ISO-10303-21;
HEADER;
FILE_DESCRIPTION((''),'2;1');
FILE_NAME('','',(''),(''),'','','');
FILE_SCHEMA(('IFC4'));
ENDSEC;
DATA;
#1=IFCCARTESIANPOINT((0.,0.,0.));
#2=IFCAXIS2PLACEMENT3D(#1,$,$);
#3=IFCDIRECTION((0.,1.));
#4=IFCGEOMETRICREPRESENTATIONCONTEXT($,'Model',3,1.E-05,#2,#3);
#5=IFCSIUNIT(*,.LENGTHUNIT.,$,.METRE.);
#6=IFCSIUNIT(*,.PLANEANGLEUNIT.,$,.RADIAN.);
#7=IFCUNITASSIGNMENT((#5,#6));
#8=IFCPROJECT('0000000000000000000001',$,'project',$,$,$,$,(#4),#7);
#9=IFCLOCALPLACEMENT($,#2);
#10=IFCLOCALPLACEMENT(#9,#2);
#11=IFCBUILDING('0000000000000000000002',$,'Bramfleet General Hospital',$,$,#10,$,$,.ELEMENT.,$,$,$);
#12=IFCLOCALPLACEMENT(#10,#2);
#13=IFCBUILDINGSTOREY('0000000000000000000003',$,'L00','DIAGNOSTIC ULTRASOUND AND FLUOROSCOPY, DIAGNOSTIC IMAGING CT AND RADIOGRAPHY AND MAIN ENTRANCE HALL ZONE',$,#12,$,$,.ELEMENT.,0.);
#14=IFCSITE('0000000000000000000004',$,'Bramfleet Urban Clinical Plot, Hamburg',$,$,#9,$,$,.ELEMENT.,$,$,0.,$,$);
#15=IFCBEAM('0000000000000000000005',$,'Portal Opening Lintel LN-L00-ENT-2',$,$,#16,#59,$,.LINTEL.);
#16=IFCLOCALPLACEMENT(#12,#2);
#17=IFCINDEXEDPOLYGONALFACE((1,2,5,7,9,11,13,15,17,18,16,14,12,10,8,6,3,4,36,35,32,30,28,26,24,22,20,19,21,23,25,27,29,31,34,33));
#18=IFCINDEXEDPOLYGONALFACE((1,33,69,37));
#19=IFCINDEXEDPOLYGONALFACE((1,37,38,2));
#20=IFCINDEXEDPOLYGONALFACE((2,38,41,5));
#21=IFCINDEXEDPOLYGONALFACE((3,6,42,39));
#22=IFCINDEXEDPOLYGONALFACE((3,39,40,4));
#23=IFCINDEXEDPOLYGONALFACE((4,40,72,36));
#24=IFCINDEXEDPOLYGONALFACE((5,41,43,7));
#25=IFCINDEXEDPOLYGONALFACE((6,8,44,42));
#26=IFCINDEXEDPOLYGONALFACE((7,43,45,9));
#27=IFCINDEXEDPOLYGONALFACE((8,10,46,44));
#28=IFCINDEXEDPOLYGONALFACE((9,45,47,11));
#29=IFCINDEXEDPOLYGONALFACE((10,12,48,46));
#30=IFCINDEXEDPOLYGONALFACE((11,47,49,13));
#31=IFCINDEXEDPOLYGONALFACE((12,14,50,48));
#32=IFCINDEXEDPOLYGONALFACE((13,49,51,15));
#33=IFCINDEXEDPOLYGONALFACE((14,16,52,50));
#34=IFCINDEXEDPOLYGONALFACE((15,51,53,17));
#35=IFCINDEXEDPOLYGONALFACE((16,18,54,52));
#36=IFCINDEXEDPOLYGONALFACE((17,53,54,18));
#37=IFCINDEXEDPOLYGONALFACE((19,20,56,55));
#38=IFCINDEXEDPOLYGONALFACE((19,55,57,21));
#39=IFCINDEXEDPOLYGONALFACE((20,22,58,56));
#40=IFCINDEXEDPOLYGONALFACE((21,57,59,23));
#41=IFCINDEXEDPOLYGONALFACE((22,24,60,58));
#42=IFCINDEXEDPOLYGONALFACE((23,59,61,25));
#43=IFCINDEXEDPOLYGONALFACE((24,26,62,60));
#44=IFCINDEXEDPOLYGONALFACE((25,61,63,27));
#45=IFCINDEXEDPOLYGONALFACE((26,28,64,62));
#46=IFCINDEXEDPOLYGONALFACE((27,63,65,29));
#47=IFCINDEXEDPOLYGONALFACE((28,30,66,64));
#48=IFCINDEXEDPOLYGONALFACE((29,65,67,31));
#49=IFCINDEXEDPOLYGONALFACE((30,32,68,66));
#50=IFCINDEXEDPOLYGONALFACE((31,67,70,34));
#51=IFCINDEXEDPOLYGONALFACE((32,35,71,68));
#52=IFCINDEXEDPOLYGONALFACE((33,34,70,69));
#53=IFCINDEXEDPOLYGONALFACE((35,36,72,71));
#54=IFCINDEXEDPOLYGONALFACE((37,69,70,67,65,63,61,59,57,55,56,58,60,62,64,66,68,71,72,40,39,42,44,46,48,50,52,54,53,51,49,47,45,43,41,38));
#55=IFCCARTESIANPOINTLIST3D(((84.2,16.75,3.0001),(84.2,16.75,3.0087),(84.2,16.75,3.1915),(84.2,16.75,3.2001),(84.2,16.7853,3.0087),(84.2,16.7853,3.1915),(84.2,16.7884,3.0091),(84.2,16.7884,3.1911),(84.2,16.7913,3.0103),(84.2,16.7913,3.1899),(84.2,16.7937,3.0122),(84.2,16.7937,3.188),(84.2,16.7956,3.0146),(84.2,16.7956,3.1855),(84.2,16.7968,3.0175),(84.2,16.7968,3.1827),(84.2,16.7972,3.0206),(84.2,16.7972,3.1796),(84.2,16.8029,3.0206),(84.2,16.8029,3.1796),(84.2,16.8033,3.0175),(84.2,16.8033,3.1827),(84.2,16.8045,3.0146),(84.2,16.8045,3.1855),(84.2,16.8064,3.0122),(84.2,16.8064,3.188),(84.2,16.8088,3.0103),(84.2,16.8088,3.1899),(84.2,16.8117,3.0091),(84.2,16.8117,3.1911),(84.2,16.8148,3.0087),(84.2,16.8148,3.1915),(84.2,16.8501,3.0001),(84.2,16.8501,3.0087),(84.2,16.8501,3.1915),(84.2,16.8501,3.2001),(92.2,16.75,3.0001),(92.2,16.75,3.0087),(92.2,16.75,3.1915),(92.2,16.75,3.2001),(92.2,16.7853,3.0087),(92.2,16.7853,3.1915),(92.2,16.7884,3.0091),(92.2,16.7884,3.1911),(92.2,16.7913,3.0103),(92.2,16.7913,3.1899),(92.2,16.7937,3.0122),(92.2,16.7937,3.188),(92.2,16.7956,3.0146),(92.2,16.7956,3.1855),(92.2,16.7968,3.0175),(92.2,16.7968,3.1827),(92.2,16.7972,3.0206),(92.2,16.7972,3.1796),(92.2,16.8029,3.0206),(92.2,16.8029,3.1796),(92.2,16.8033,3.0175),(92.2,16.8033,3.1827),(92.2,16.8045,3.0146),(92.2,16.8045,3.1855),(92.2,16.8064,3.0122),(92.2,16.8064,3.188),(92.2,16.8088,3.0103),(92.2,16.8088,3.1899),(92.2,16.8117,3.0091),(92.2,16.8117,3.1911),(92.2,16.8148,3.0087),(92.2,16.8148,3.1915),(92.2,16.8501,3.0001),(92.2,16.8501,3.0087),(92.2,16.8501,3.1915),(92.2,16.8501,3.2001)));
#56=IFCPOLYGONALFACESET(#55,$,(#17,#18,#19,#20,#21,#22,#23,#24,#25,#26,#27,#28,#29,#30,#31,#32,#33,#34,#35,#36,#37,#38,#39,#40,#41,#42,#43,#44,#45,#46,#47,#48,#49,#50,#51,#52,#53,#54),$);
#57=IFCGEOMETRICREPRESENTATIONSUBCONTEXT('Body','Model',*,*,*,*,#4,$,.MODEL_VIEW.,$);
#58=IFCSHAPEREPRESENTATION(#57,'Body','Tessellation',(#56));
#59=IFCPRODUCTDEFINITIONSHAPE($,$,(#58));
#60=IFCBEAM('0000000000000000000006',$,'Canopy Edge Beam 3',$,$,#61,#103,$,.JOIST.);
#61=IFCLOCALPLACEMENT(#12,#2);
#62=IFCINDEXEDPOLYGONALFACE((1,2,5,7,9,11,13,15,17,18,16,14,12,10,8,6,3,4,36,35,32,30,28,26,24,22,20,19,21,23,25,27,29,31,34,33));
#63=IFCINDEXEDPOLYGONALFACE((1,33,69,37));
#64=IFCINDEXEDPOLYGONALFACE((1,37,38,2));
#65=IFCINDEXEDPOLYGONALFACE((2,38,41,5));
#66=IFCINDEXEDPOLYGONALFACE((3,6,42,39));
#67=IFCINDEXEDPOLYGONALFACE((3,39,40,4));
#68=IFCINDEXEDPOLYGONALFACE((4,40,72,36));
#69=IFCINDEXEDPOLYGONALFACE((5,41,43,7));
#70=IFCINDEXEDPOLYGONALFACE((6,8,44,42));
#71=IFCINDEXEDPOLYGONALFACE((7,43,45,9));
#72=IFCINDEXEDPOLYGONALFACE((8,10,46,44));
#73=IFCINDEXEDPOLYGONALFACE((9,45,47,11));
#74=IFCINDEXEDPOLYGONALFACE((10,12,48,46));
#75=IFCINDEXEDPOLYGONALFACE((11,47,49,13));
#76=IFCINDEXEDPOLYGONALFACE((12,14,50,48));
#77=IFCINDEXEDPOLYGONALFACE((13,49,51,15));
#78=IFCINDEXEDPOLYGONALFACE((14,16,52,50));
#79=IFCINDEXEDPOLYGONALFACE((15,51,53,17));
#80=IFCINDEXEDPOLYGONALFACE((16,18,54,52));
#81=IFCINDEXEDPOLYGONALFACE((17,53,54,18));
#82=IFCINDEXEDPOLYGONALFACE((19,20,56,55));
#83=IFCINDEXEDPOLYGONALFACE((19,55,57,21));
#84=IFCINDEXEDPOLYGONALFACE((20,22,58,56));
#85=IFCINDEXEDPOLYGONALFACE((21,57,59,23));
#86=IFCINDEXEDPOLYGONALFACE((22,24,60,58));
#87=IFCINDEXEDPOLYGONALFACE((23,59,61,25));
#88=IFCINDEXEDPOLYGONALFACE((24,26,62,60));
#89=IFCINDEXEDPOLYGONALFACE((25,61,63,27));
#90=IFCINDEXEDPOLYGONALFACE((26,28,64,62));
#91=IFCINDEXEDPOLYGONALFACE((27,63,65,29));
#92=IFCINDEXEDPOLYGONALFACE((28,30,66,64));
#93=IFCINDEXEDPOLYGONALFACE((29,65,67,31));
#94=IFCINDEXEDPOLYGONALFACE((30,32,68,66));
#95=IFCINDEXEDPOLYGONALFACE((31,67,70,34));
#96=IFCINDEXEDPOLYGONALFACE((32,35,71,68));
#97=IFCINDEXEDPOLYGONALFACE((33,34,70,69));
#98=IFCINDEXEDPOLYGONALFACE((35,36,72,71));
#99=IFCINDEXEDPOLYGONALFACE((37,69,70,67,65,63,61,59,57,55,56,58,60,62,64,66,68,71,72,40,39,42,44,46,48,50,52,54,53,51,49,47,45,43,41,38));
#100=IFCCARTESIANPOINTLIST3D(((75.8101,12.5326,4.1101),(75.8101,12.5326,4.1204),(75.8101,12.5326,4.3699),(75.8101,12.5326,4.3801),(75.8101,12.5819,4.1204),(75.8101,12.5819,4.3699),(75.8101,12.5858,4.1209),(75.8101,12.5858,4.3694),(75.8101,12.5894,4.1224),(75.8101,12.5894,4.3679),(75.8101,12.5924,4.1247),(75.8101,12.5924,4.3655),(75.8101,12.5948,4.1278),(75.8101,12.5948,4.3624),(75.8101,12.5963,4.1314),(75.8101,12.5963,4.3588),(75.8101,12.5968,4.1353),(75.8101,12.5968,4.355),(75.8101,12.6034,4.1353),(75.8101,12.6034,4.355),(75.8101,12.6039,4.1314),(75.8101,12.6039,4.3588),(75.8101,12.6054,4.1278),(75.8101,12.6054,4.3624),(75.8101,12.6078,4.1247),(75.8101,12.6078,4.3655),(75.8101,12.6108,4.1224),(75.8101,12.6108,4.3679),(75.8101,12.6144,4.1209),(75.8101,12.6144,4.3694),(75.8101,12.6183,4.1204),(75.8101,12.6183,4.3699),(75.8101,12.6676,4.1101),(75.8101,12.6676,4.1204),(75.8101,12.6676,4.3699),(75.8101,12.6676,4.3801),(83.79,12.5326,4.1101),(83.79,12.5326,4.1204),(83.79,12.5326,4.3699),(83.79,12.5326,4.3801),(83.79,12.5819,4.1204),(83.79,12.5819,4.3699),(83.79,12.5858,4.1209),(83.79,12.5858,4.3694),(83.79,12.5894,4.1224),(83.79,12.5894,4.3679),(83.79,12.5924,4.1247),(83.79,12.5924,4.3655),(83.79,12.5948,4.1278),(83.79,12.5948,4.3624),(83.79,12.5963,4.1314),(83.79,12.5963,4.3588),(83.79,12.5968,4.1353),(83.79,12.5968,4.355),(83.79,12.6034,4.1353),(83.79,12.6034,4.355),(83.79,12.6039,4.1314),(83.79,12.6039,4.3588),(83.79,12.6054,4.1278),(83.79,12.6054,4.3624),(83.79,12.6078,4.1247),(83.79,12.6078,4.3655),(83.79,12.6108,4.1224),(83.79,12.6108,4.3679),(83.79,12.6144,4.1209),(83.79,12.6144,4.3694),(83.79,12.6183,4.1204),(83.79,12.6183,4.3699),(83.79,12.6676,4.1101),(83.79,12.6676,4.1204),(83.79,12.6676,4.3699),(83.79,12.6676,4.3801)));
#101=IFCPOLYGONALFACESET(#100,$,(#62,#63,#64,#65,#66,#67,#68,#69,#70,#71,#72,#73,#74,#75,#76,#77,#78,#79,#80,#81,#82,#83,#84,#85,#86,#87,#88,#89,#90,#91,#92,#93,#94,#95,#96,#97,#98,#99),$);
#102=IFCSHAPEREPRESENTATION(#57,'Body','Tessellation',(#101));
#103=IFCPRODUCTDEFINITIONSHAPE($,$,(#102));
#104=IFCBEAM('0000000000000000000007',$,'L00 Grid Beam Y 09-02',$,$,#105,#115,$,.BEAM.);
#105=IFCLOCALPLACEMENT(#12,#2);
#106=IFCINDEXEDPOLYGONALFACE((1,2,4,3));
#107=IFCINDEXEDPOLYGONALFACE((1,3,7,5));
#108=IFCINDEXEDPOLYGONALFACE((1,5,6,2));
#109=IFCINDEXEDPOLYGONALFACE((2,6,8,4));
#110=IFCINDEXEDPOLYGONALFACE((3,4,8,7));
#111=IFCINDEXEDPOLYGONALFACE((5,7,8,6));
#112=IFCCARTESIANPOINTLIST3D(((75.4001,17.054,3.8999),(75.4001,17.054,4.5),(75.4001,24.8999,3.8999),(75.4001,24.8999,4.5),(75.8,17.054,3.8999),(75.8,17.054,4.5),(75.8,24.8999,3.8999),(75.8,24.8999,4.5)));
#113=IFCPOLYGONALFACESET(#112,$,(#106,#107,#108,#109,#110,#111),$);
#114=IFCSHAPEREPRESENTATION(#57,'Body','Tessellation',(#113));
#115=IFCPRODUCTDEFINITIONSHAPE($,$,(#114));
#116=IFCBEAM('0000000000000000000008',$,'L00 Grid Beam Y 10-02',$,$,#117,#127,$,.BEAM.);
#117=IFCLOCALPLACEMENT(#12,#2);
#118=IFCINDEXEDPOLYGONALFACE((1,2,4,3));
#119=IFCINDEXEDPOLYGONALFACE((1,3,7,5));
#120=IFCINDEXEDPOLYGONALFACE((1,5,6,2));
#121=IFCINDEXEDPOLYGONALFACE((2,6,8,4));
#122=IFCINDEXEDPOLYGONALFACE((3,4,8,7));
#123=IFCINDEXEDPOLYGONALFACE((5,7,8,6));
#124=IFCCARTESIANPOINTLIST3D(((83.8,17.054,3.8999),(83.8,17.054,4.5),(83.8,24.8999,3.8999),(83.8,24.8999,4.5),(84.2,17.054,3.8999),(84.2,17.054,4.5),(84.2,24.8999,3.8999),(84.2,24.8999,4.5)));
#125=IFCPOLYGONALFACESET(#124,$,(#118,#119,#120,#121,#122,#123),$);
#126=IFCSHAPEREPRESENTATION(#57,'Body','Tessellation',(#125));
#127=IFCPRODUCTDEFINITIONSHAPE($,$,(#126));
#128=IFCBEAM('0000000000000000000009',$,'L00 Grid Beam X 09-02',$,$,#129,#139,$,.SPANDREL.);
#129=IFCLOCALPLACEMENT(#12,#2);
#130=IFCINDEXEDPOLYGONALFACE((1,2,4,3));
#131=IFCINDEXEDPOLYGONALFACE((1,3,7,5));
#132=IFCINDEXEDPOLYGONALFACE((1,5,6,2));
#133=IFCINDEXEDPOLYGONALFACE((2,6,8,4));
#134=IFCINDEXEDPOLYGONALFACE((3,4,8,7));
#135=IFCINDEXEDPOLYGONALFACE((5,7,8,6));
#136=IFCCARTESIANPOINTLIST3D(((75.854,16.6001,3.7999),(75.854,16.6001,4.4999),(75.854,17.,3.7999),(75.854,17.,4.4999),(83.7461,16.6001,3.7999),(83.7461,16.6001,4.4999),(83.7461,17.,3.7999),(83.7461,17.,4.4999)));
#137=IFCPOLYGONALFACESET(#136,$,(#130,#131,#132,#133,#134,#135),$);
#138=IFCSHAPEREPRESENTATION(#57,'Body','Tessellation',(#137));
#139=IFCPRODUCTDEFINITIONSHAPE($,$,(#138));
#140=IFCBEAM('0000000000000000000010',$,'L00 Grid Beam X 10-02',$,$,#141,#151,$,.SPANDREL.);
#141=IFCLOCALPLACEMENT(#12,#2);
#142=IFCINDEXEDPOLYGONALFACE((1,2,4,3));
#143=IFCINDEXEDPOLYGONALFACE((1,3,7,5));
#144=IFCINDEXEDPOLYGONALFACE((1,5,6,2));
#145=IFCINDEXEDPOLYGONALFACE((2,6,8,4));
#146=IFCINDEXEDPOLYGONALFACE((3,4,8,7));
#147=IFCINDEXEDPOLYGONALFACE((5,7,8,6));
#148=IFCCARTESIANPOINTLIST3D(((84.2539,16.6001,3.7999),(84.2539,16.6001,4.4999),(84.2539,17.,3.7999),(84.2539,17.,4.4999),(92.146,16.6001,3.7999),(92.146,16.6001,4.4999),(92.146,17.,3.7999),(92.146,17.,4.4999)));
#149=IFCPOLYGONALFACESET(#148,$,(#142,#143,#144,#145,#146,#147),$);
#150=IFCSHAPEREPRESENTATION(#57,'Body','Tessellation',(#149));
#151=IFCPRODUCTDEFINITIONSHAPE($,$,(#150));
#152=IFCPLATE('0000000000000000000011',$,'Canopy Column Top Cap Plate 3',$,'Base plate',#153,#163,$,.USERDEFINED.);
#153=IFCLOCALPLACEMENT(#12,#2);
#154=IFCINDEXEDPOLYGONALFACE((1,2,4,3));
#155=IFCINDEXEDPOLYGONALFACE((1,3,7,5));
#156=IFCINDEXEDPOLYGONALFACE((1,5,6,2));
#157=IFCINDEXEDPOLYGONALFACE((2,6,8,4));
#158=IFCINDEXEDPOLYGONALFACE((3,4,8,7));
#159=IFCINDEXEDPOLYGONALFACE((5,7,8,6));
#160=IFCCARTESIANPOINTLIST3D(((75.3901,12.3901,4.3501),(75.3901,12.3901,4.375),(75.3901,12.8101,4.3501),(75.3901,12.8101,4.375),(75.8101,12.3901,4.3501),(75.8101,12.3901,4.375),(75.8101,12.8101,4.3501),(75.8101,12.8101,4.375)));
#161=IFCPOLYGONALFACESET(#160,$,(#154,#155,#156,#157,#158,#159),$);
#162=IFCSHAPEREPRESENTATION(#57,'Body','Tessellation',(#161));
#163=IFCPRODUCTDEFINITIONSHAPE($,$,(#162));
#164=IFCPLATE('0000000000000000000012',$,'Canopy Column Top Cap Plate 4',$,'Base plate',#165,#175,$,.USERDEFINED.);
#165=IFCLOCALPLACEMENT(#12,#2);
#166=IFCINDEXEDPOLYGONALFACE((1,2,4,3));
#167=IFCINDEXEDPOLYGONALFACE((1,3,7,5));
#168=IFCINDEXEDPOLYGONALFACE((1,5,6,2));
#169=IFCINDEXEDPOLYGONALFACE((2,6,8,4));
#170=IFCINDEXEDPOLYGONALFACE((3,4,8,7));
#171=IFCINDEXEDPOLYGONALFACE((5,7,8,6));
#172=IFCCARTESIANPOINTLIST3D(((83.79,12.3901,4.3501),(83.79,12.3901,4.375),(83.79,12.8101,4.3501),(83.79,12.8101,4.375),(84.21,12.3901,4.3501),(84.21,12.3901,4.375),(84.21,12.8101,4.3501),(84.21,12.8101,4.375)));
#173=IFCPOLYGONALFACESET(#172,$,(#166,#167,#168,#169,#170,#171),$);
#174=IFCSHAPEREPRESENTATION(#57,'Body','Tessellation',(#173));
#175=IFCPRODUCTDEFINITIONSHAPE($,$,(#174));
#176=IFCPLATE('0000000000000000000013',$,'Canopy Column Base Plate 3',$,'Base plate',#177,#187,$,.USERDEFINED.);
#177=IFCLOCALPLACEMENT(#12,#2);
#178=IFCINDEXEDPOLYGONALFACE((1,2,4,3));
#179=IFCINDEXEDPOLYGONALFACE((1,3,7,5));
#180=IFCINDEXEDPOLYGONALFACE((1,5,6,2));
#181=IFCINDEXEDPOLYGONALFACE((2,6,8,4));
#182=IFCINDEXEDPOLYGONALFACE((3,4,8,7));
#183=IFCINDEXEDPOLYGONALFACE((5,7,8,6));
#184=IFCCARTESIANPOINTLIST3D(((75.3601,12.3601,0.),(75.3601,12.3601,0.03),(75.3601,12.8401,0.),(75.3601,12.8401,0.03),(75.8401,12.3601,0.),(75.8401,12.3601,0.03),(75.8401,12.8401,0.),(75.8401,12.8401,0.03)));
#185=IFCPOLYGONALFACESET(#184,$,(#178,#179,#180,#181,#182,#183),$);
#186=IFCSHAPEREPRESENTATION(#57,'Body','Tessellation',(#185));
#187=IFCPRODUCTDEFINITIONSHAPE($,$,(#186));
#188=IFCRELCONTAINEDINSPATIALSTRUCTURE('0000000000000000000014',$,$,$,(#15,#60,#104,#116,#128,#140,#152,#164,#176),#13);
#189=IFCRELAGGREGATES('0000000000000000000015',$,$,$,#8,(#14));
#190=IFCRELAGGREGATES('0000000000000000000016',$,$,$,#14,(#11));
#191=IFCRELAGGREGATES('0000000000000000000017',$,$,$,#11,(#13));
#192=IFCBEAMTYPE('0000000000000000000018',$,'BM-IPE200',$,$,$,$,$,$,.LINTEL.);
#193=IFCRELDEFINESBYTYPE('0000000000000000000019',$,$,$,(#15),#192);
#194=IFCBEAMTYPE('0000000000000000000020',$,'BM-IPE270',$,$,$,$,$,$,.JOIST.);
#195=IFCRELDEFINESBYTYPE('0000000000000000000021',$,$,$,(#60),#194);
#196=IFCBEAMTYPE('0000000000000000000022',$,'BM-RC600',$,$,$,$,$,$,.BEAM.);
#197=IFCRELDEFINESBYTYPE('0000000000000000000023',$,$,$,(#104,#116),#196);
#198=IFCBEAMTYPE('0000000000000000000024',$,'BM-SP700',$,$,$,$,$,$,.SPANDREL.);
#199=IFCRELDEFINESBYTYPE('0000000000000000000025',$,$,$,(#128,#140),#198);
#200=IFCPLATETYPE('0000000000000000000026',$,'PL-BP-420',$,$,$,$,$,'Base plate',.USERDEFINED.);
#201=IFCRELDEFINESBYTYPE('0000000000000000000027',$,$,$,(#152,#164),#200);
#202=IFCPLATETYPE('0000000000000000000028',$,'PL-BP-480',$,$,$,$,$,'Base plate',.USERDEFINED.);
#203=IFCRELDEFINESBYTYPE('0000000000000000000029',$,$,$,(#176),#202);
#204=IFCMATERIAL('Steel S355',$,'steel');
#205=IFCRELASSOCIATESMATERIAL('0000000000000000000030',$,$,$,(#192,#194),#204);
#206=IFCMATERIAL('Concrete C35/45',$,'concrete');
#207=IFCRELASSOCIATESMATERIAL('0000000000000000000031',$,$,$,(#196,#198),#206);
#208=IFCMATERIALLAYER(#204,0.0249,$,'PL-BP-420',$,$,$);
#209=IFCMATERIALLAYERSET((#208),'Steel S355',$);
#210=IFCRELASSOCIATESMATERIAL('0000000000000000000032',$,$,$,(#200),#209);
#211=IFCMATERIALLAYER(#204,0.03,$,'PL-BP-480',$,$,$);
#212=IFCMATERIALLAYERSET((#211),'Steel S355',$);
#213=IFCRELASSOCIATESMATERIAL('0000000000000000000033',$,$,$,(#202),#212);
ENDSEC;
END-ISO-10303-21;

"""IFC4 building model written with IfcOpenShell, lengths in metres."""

from ifc_helpers import new_model, si_unit, direction, frame, origin, origin_2d, place, context, subcontext, project, spatial, rectangle, i_section, extrude, material, layer, layer_set, material_profile, profile_set, type_object, element, save


model = new_model("IFC4")

# Units and contexts
model_context = context("Model", 3, precision=1e-05, world=origin(), true_north=direction((0.0, 1.0)))
body_context = subcontext(model_context, "Body", "Model", "MODEL_VIEW")
ifc_project = project(units=[si_unit("LENGTHUNIT", "METRE"), si_unit("PLANEANGLEUNIT", "RADIAN")], contexts=[model_context])

# Site, building, storey
site_placement = place(None, origin())
site = spatial("IfcSite", under=ifc_project, at=site_placement, Name="Bramfleet Urban Clinical Plot, Hamburg", CompositionType="ELEMENT", RefElevation=0.0)
building_placement = place(site_placement, origin())
building = spatial("IfcBuilding", under=site, at=building_placement, Name="Bramfleet General Hospital", CompositionType="ELEMENT")
storey_placement = place(building_placement, origin())
storey = spatial("IfcBuildingStorey", under=building, at=storey_placement, Name="L00", Description="DIAGNOSTIC ULTRASOUND AND FLUOROSCOPY, DIAGNOSTIC IMAGING CT AND RADIOGRAPHY AND MAIN ENTRANCE HALL ZONE", CompositionType="ELEMENT", Elevation=0.0)

# Shared definitions
ifc_material_1 = material(Name="Steel S355", Category="steel")

# Beams
ifc_material_profile_1 = material_profile(ifc_material_1, i_section(OverallWidth=0.1001, OverallDepth=0.2, WebThickness=0.0056, FlangeThickness=0.0085, FilletRadius=0.012, at=origin_2d()), Name="IPE 200")
ifc_profile_set_1 = profile_set([ifc_material_profile_1], Name="Steel S355")
beam_type_1 = type_object("IfcBeamType", Name="BM-IPE200", PredefinedType="LINTEL", material=ifc_profile_set_1)
beam_1_placement = place(storey_placement, frame((84.2, 16.8, 3.1001), z_axis=(1.0, 0.0, 0.0), x_axis=(0.0, 1.0, 0.0)))
element("IfcBeam", 1, at=beam_1_placement, inside=storey, type_object=beam_type_1, Name="Portal Opening Lintel LN-L00-ENT-2", PredefinedType="LINTEL", context=body_context, shape_type="SweptSolid", body=[
    extrude(i_section(OverallWidth=0.1001, OverallDepth=0.2, WebThickness=0.0056, FlangeThickness=0.0085, FilletRadius=0.012, at=origin_2d()), origin(), (0.0, 0.0, 1.0), 8.0),
])
ifc_material_profile_2 = material_profile(ifc_material_1, i_section(OverallWidth=0.135, OverallDepth=0.27, WebThickness=0.0066, FlangeThickness=0.0103, FilletRadius=0.0149, at=origin_2d()), Name="IPE 270")
ifc_profile_set_2 = profile_set([ifc_material_profile_2], Name="Steel S355")
beam_type_2 = type_object("IfcBeamType", Name="BM-IPE270", PredefinedType="JOIST", material=ifc_profile_set_2)
beam_2_placement = place(storey_placement, frame((75.8101, 12.6001, 4.2451), z_axis=(1.0, 0.0, 0.0), x_axis=(0.0, 1.0, 0.0)))
element("IfcBeam", 2, at=beam_2_placement, inside=storey, type_object=beam_type_2, Name="Canopy Edge Beam 3", PredefinedType="JOIST", context=body_context, shape_type="SweptSolid", body=[
    extrude(i_section(OverallWidth=0.135, OverallDepth=0.27, WebThickness=0.0066, FlangeThickness=0.0103, FilletRadius=0.0149, at=origin_2d()), origin(), (0.0, 0.0, 1.0), 7.98),
])
ifc_material_2 = material(Name="Concrete C35/45", Category="concrete")
ifc_material_profile_3 = material_profile(ifc_material_2, rectangle(XDim=0.3999, YDim=0.6001, at=origin_2d()), Name="RC BM 600x400")
ifc_profile_set_3 = profile_set([ifc_material_profile_3], Name="Concrete C35/45")
beam_type_3 = type_object("IfcBeamType", Name="BM-RC600", PredefinedType="BEAM", material=ifc_profile_set_3)
for number, where, z_axis, x_axis, name in (
    (3, (75.6001, 17.054, 4.2), (0.0, 1.0, 0.0), (-1.0, 0.0, 0.0), "L00 Grid Beam Y 09-02"),
    (4, (84.0, 17.054, 4.2), (0.0, 1.0, 0.0), (-1.0, 0.0, 0.0), "L00 Grid Beam Y 10-02"),
):
    element("IfcBeam", number, at=place(storey_placement, frame(where, z_axis=z_axis, x_axis=x_axis)), inside=storey, type_object=beam_type_3, Name=name, PredefinedType="BEAM", context=body_context, shape_type="SweptSolid", body=[
        extrude(rectangle(XDim=0.3999, YDim=0.6001, at=origin_2d()), origin(), (0.0, 0.0, 1.0), 7.8459),
    ])
ifc_material_profile_4 = material_profile(ifc_material_2, rectangle(XDim=0.3999, YDim=0.7, at=origin_2d()), Name="RC SP 700x400")
ifc_profile_set_4 = profile_set([ifc_material_profile_4], Name="Concrete C35/45")
beam_type_4 = type_object("IfcBeamType", Name="BM-SP700", PredefinedType="SPANDREL", material=ifc_profile_set_4)
for number, where, z_axis, x_axis, name in (
    (5, (75.854, 16.8, 4.1499), (1.0, 0.0, 0.0), (0.0, 1.0, 0.0), "L00 Grid Beam X 09-02"),
    (6, (84.2539, 16.8, 4.1499), (1.0, 0.0, 0.0), (0.0, 1.0, 0.0), "L00 Grid Beam X 10-02"),
):
    element("IfcBeam", number, at=place(storey_placement, frame(where, z_axis=z_axis, x_axis=x_axis)), inside=storey, type_object=beam_type_4, Name=name, PredefinedType="SPANDREL", context=body_context, shape_type="SweptSolid", body=[
        extrude(rectangle(XDim=0.3999, YDim=0.7, at=origin_2d()), origin(), (0.0, 0.0, 1.0), 7.8921),
    ])

# Plates
ifc_layer_1 = layer(ifc_material_1, 0.0249, Name="PL-BP-420")
ifc_layer_set_1 = layer_set([ifc_layer_1], Name="Steel S355")
plate_type_1 = type_object("IfcPlateType", Name="PL-BP-420", ElementType="Base plate", PredefinedType="USERDEFINED", material=ifc_layer_set_1)
for number, where, z_axis, x_axis, name in (
    (7, (75.6001, 12.6001, 4.3501), (0.0, 0.0, 1.0), (1.0, 0.0, 0.0), "Canopy Column Top Cap Plate 3"),
    (8, (84.0, 12.6001, 4.3501), (0.0, 0.0, 1.0), (1.0, 0.0, 0.0), "Canopy Column Top Cap Plate 4"),
):
    element("IfcPlate", number, at=place(storey_placement, frame(where, z_axis=z_axis, x_axis=x_axis)), inside=storey, type_object=plate_type_1, Name=name, ObjectType="Base plate", PredefinedType="USERDEFINED", context=body_context, shape_type="SweptSolid", body=[
        extrude(rectangle(XDim=0.4199, YDim=0.4199, at=origin_2d()), origin(), (0.0, 0.0, 1.0), 0.0249),
    ])
ifc_layer_2 = layer(ifc_material_1, 0.03, Name="PL-BP-480")
ifc_layer_set_2 = layer_set([ifc_layer_2], Name="Steel S355")
plate_type_2 = type_object("IfcPlateType", Name="PL-BP-480", ElementType="Base plate", PredefinedType="USERDEFINED", material=ifc_layer_set_2)
for number, where, z_axis, x_axis, name in (
    (9, (75.6001, 12.6001, 0.0), (0.0, 0.0, 1.0), (1.0, 0.0, 0.0), "Canopy Column Base Plate 3"),
):
    element("IfcPlate", number, at=place(storey_placement, frame(where, z_axis=z_axis, x_axis=x_axis)), inside=storey, type_object=plate_type_2, Name=name, ObjectType="Base plate", PredefinedType="USERDEFINED", context=body_context, shape_type="SweptSolid", body=[
        extrude(rectangle(XDim=0.48, YDim=0.48, at=origin_2d()), origin(), (0.0, 0.0, 1.0), 0.03),
    ])

save(model, "model.ifc")
